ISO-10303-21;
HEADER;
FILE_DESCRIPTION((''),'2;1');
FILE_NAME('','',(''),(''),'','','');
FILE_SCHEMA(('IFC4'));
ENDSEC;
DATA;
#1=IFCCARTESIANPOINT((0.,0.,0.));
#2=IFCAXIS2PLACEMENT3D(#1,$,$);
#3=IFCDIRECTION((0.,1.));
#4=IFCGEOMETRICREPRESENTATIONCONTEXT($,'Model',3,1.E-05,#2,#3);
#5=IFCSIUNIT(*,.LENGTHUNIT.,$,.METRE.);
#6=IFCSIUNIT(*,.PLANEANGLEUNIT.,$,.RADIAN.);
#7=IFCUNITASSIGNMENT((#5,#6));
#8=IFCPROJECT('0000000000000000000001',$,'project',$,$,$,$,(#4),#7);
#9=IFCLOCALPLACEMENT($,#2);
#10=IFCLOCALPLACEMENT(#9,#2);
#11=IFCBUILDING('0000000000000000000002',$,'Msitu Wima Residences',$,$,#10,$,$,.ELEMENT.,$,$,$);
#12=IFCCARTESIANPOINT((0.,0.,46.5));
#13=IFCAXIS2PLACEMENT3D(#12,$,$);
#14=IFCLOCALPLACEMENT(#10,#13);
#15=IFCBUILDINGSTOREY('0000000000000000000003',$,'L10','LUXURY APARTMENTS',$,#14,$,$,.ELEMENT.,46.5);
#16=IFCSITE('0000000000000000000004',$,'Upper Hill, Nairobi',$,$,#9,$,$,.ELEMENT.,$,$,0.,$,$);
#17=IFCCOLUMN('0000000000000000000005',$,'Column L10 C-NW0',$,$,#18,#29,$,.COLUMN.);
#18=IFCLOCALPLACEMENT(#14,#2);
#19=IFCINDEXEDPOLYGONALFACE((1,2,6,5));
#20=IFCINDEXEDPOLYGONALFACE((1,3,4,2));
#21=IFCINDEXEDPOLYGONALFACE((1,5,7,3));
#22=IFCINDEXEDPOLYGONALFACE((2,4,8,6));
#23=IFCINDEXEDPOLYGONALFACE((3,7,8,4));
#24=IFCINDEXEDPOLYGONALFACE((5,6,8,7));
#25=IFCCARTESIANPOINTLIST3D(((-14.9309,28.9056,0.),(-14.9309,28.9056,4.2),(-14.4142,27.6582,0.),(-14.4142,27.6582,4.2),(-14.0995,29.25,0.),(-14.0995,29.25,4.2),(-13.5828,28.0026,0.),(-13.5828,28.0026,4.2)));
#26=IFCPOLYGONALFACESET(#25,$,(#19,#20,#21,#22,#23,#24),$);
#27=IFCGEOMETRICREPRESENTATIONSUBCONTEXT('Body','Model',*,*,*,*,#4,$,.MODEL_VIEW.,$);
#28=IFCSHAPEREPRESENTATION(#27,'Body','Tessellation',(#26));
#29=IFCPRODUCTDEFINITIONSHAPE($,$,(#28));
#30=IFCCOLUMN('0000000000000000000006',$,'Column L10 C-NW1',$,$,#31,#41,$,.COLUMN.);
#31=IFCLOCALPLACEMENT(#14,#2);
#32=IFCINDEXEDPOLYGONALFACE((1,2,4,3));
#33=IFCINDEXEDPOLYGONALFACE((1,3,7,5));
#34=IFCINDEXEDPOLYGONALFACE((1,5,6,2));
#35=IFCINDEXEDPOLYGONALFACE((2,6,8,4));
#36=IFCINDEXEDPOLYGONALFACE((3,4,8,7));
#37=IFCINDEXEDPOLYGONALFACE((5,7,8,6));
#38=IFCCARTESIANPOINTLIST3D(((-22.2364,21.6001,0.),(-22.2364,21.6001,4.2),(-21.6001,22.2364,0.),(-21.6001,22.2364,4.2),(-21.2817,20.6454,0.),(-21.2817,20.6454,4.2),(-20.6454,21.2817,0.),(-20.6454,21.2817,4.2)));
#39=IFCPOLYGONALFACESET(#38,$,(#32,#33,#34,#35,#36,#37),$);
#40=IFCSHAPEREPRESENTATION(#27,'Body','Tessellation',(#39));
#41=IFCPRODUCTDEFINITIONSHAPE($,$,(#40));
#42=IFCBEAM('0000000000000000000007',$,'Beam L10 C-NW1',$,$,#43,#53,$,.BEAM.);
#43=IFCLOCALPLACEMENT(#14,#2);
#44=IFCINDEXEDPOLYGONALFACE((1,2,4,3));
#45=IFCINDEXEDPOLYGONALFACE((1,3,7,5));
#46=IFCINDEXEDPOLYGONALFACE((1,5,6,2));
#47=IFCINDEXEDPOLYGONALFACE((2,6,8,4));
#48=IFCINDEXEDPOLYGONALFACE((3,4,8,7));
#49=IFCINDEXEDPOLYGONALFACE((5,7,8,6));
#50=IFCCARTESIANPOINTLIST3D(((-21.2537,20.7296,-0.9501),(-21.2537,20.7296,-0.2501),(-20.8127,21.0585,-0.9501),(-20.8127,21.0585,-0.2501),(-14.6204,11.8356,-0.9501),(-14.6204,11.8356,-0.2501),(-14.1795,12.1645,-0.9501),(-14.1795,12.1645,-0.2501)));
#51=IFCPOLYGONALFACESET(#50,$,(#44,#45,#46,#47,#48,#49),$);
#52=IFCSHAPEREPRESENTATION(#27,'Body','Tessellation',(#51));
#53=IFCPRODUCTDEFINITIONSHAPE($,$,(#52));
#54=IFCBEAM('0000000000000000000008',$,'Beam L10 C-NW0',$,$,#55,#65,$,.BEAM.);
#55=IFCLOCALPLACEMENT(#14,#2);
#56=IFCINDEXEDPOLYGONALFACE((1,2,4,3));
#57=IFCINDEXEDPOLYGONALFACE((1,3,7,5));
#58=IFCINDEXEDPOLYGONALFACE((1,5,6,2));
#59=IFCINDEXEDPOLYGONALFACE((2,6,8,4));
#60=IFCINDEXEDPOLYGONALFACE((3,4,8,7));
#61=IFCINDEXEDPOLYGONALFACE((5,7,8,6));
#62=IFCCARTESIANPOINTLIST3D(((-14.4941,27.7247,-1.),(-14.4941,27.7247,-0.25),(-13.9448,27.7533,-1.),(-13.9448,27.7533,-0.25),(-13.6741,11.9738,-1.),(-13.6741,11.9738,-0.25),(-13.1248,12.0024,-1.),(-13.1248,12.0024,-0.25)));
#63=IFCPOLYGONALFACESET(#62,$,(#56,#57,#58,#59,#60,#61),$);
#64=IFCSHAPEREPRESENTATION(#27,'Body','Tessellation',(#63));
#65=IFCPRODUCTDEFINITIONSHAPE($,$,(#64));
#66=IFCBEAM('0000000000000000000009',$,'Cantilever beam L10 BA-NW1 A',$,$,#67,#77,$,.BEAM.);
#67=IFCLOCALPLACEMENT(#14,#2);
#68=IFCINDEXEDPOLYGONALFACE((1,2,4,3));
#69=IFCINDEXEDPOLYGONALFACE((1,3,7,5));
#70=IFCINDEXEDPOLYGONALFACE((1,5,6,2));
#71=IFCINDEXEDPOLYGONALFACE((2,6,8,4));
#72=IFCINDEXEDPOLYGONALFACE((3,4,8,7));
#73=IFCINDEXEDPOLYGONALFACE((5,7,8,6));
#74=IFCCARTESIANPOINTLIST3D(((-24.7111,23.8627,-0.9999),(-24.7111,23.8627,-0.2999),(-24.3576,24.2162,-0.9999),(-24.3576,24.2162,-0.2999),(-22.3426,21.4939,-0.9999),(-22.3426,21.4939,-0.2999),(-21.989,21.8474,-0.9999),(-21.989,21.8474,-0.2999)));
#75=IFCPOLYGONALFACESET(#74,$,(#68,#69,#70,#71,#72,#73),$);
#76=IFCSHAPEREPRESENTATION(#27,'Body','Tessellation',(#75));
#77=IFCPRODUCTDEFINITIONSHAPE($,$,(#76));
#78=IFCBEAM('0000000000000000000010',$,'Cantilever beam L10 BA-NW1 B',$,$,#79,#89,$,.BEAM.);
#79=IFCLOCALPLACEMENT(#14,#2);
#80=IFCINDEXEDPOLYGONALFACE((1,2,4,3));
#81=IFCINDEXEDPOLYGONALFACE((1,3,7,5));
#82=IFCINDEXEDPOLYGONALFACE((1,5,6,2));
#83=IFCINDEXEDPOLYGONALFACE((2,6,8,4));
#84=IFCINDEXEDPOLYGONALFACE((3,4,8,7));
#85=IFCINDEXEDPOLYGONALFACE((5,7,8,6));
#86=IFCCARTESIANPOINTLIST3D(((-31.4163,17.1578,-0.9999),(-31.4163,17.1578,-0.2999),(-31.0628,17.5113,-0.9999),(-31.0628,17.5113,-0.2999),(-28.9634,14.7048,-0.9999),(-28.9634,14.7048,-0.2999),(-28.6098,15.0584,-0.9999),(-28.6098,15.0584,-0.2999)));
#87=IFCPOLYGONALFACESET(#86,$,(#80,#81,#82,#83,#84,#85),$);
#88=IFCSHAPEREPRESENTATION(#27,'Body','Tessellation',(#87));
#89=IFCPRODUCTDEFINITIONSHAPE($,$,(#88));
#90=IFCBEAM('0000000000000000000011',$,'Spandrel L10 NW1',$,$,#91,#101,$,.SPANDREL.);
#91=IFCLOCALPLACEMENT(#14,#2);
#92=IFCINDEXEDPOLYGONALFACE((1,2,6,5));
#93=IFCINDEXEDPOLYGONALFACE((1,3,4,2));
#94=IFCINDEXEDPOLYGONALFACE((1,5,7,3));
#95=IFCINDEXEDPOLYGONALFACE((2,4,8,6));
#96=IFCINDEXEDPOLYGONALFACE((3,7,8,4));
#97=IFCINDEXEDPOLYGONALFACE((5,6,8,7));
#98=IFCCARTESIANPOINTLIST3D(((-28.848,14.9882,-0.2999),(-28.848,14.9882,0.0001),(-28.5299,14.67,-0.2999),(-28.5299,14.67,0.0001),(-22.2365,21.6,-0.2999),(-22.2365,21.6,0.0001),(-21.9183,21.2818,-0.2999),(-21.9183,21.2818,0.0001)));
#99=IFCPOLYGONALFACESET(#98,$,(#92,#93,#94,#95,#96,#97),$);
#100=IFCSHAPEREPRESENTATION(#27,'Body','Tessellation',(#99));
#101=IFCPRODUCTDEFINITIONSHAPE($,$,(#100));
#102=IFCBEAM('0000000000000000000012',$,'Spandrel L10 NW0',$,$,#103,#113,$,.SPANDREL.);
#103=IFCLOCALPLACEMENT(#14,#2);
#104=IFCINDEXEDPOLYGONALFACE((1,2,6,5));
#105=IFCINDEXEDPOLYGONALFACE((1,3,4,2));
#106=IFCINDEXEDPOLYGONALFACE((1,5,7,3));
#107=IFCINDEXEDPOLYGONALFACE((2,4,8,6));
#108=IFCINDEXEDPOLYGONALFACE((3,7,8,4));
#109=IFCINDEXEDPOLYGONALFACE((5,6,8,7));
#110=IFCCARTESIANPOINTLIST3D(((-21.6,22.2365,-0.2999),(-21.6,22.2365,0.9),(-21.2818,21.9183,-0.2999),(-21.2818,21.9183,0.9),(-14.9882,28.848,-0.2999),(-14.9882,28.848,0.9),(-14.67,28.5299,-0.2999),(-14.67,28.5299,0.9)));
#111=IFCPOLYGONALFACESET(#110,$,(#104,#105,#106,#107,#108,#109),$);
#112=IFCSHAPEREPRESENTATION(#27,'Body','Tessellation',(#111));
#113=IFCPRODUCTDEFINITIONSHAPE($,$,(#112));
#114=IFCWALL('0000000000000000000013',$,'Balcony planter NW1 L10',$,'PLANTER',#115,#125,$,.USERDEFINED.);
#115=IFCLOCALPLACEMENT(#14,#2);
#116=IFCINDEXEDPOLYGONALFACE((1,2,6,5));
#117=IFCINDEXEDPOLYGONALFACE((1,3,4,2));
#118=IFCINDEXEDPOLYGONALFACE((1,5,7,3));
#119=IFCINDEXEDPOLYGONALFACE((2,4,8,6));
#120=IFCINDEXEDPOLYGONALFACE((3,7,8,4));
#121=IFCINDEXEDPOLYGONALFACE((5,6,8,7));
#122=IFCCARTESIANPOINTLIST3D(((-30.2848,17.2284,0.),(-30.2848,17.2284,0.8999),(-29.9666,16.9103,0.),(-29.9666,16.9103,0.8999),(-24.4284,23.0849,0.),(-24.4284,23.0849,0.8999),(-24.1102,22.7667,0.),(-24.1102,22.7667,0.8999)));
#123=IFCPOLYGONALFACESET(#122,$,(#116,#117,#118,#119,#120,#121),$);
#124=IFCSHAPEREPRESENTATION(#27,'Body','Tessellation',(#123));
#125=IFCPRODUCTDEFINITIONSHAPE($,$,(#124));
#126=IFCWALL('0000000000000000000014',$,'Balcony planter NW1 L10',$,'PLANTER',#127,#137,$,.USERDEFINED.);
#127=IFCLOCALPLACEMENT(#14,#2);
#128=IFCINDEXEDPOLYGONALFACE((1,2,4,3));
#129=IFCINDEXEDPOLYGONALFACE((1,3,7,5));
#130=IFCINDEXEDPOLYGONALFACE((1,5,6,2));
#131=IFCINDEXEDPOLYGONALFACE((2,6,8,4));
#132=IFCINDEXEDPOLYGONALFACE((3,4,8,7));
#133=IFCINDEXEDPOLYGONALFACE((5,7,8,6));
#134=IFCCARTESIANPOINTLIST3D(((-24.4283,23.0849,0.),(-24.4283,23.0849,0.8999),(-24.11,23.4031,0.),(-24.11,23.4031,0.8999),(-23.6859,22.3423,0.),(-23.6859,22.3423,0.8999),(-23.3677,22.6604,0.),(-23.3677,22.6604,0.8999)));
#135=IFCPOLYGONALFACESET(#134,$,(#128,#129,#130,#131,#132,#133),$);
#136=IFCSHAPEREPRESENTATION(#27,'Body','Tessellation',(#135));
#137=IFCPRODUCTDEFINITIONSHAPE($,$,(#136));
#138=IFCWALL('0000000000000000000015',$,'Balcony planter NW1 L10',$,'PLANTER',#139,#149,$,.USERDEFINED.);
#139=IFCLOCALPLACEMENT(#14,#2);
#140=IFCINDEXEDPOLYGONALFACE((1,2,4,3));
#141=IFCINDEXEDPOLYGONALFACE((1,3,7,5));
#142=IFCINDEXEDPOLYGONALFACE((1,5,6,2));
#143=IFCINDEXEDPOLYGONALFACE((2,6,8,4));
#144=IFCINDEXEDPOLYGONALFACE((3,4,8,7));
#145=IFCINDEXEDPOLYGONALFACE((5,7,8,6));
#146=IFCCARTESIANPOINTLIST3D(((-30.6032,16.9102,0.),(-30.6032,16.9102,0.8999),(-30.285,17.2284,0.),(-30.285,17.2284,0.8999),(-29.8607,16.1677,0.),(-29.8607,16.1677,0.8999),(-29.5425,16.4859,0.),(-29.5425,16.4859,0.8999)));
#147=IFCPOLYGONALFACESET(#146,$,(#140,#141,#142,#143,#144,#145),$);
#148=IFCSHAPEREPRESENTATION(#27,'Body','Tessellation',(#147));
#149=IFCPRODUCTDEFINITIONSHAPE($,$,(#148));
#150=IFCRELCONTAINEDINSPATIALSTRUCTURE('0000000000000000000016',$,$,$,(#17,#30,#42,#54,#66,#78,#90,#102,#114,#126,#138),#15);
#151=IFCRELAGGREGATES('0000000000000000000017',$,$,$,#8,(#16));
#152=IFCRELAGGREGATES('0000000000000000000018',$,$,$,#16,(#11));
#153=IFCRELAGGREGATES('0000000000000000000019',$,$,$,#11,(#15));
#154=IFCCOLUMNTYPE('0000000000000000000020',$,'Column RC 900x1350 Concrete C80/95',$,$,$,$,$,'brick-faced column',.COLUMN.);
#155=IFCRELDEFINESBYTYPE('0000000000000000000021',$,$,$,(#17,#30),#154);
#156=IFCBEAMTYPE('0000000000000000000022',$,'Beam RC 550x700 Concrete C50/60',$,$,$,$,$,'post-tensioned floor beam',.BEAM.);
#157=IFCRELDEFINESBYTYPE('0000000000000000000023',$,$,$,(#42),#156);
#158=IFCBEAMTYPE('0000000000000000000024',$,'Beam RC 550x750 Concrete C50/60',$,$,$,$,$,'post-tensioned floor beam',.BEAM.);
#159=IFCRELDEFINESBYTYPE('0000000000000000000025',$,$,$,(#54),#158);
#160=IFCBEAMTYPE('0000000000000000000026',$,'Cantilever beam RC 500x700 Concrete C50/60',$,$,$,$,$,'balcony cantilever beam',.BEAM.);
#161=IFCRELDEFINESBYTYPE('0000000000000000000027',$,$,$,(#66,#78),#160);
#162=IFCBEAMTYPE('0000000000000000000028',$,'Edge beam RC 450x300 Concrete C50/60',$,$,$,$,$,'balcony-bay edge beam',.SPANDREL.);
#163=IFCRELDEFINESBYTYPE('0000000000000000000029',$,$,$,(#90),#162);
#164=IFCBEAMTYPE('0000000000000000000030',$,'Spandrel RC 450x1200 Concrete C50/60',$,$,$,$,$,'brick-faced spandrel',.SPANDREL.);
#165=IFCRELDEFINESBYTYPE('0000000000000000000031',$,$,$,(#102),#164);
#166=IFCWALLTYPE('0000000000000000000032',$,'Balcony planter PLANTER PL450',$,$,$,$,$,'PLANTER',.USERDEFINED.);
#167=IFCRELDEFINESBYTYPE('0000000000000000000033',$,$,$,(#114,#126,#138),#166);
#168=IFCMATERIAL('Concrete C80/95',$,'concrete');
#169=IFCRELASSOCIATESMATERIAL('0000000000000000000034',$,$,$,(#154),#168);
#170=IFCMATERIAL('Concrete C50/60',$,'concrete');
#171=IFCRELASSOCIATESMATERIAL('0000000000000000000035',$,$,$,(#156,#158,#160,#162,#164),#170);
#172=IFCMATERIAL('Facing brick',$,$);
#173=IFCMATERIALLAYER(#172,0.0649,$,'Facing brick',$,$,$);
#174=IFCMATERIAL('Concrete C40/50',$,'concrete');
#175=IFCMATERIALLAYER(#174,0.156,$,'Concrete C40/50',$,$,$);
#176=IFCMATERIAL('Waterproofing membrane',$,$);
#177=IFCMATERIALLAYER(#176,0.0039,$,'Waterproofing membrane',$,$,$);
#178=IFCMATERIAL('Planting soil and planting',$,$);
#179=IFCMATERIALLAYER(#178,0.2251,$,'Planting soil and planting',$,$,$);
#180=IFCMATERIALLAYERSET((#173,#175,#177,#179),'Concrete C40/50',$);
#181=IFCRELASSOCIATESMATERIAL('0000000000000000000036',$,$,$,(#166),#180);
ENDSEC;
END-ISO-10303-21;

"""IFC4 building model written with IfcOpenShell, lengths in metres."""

from ifc_helpers import new_model, si_unit, direction, frame, frame_2d, origin, origin_2d, place, context, subcontext, project, spatial, rectangle, extrude, material, layer, layer_set, material_profile, profile_set, type_object, element, save


model = new_model("IFC4")

# Units and contexts
model_context = context("Model", 3, precision=1e-05, world=origin(), true_north=direction((0.0, 1.0)))
body_context = subcontext(model_context, "Body", "Model", "MODEL_VIEW")
ifc_project = project(units=[si_unit("LENGTHUNIT", "METRE"), si_unit("PLANEANGLEUNIT", "RADIAN")], contexts=[model_context])

# Site, building, storey
site_placement = place(None, origin())
site = spatial("IfcSite", under=ifc_project, at=site_placement, Name="Upper Hill, Nairobi", CompositionType="ELEMENT", RefElevation=0.0)
building_placement = place(site_placement, origin())
building = spatial("IfcBuilding", under=site, at=building_placement, Name="Msitu Wima Residences", CompositionType="ELEMENT")
storey_placement = place(building_placement, frame((0.0, 0.0, 46.5)))
storey = spatial("IfcBuildingStorey", under=building, at=storey_placement, Name="L10", Description="LUXURY APARTMENTS", CompositionType="ELEMENT", Elevation=46.5)

# Columns
ifc_material_1 = material(Name="Concrete C80/95", Category="concrete")
ifc_material_profile_1 = material_profile(ifc_material_1, rectangle(XDim=0.8999, YDim=1.3501, at=origin_2d()), Name="RC 900x1350")
ifc_profile_set_1 = profile_set([ifc_material_profile_1], Name="Concrete C80/95")
column_type = type_object("IfcColumnType", Name="Column RC 900x1350 Concrete C80/95", ElementType="brick-faced column", PredefinedType="COLUMN", material=ifc_profile_set_1)
for number, where, z_axis, x_axis, name in (
    (1, (-14.2568, 28.4541, 0.0), (0.0, 0.0, 1.0), (-0.92388, -0.382683, 0.0), "Column L10 C-NW0"),
    (2, (-21.4409, 21.4409, 0.0), (0.0, 0.0, 1.0), (-0.707107, -0.707107, 0.0), "Column L10 C-NW1"),
):
    element("IfcColumn", number, at=place(storey_placement, frame(where, z_axis=z_axis, x_axis=x_axis)), inside=storey, type_object=column_type, Name=name, PredefinedType="COLUMN", context=body_context, shape_type="SweptSolid", body=[
        extrude(rectangle(XDim=0.8999, YDim=1.3501, at=origin_2d()), origin(), (0.0, 0.0, 1.0), 4.2),
    ])

# Beams
ifc_material_2 = material(Name="Concrete C50/60", Category="concrete")
ifc_material_profile_2 = material_profile(ifc_material_2, rectangle(XDim=0.55, YDim=0.7, at=origin_2d()), Name="RC 550x700")
ifc_profile_set_2 = profile_set([ifc_material_profile_2], Name="Concrete C50/60")
beam_type_1 = type_object("IfcBeamType", Name="Beam RC 550x700 Concrete C50/60", ElementType="post-tensioned floor beam", PredefinedType="BEAM", material=ifc_profile_set_2)
beam_1_placement = place(storey_placement, frame((-21.0332, 20.894, -0.6001), z_axis=(0.59785, -0.801608, 0.0), x_axis=(0.801608, 0.59785, 0.0)))
element("IfcBeam", 3, at=beam_1_placement, inside=storey, type_object=beam_type_1, Name="Beam L10 C-NW1", PredefinedType="BEAM", context=body_context, shape_type="SweptSolid", body=[
    extrude(rectangle(XDim=0.55, YDim=0.7, at=origin_2d()), origin(), (0.0, 0.0, 1.0), 11.0952),
])
ifc_material_profile_3 = material_profile(ifc_material_2, rectangle(XDim=0.55, YDim=0.75, at=origin_2d()), Name="RC 550x750")
ifc_profile_set_3 = profile_set([ifc_material_profile_3], Name="Concrete C50/60")
beam_type_2 = type_object("IfcBeamType", Name="Beam RC 550x750 Concrete C50/60", ElementType="post-tensioned floor beam", PredefinedType="BEAM", material=ifc_profile_set_3)
beam_2_placement = place(storey_placement, frame((-14.2195, 27.739, -0.625), z_axis=(0.051994, -0.998647, 0.0), x_axis=(0.998647, 0.051994, 0.0)))
element("IfcBeam", 4, at=beam_2_placement, inside=storey, type_object=beam_type_2, Name="Beam L10 C-NW0", PredefinedType="BEAM", context=body_context, shape_type="SweptSolid", body=[
    extrude(rectangle(XDim=0.55, YDim=0.75, at=origin_2d()), origin(), (0.0, 0.0, 1.0), 15.7722),
])
ifc_material_profile_4 = material_profile(ifc_material_2, rectangle(XDim=0.5, YDim=0.7, at=origin_2d()), Name="RC 500x700")
ifc_profile_set_4 = profile_set([ifc_material_profile_4], Name="Concrete C50/60")
beam_type_3 = type_object("IfcBeamType", Name="Cantilever beam RC 500x700 Concrete C50/60", ElementType="balcony cantilever beam", PredefinedType="BEAM", material=ifc_profile_set_4)
beam_3_placement = place(storey_placement, frame((-22.1658, 21.6707, -0.6499), z_axis=(-0.70707, 0.707143, 0.0), x_axis=(-0.707143, -0.70707, 0.0)))
element("IfcBeam", 5, at=beam_3_placement, inside=storey, type_object=beam_type_3, Name="Cantilever beam L10 BA-NW1 A", PredefinedType="BEAM", context=body_context, shape_type="SweptSolid", body=[
    extrude(rectangle(XDim=0.5, YDim=0.7, at=origin_2d()), origin(), (0.0, 0.0, 1.0), 3.3499),
])
beam_4_placement = place(storey_placement, frame((-28.7866, 14.8816, -0.6499), z_axis=(-0.707107, 0.707107, 0.0), x_axis=(-0.707107, -0.707107, 0.0)))
element("IfcBeam", 6, at=beam_4_placement, inside=storey, type_object=beam_type_3, Name="Cantilever beam L10 BA-NW1 B", PredefinedType="BEAM", context=body_context, shape_type="SweptSolid", body=[
    extrude(rectangle(XDim=0.5, YDim=0.7, at=origin_2d()), origin(), (0.0, 0.0, 1.0), 3.469),
])
ifc_material_profile_5 = material_profile(ifc_material_2, rectangle(XDim=0.45, YDim=0.3, at=origin_2d()), Name="RC 450x300")
ifc_profile_set_5 = profile_set([ifc_material_profile_5], Name="Concrete C50/60")
beam_type_4 = type_object("IfcBeamType", Name="Edge beam RC 450x300 Concrete C50/60", ElementType="balcony-bay edge beam", PredefinedType="SPANDREL", material=ifc_profile_set_5)
beam_5_placement = place(storey_placement, frame((-22.0774, 21.4409, -0.1499), z_axis=(-0.707094, -0.70712, 0.0), x_axis=(0.70712, -0.707094, 0.0)))
element("IfcBeam", 7, at=beam_5_placement, inside=storey, type_object=beam_type_4, Name="Spandrel L10 NW1", PredefinedType="SPANDREL", context=body_context, shape_type="SweptSolid", body=[
    extrude(rectangle(XDim=0.45, YDim=0.3, at=origin_2d()), origin(), (0.0, 0.0, 1.0), 9.3503),
])
ifc_material_profile_6 = material_profile(ifc_material_2, rectangle(XDim=0.45, YDim=1.2, at=origin_2d()), Name="RC 450x1200")
ifc_profile_set_6 = profile_set([ifc_material_profile_6], Name="Concrete C50/60")
beam_type_5 = type_object("IfcBeamType", Name="Spandrel RC 450x1200 Concrete C50/60", ElementType="brick-faced spandrel", PredefinedType="SPANDREL", material=ifc_profile_set_6)
beam_6_placement = place(storey_placement, frame((-14.8291, 28.689, 0.3), z_axis=(-0.70712, -0.707094, 0.0), x_axis=(0.707094, -0.70712, 0.0)))
element("IfcBeam", 8, at=beam_6_placement, inside=storey, type_object=beam_type_5, Name="Spandrel L10 NW0", PredefinedType="SPANDREL", context=body_context, shape_type="SweptSolid", body=[
    extrude(rectangle(XDim=0.45, YDim=1.2, at=origin_2d()), origin(), (0.0, 0.0, 1.0), 9.3503),
])

# Walls
ifc_material_3 = material(Name="Facing brick")
ifc_layer_1 = layer(ifc_material_3, 0.0649, Name="Facing brick")
ifc_material_4 = material(Name="Concrete C40/50", Category="concrete")
ifc_layer_2 = layer(ifc_material_4, 0.156, Name="Concrete C40/50")
ifc_material_5 = material(Name="Waterproofing membrane")
ifc_layer_3 = layer(ifc_material_5, 0.0039, Name="Waterproofing membrane")
ifc_material_6 = material(Name="Planting soil and planting")
ifc_layer_4 = layer(ifc_material_6, 0.2251, Name="Planting soil and planting")
ifc_layer_set_1 = layer_set([ifc_layer_1, ifc_layer_2, ifc_layer_3, ifc_layer_4], Name="Concrete C40/50")
wall_type_1 = type_object("IfcWallType", Name="Balcony planter PLANTER PL450", ElementType="PLANTER", PredefinedType="USERDEFINED", material=ifc_layer_set_1)
wall_1_placement = place(storey_placement, frame((-24.2693, 22.9258, 0.0), z_axis=(0.0, 0.0, 1.0), x_axis=(-0.707107, -0.707107, 0.0)))
element("IfcWall", 9, at=wall_1_placement, inside=storey, type_object=wall_type_1, Name="Balcony planter NW1 L10", ObjectType="PLANTER", PredefinedType="USERDEFINED", context=body_context, shape_type="SweptSolid", body=[
    extrude(rectangle(XDim=8.2822, YDim=0.45, at=frame_2d((4.1411, 0.0))), origin(), (0.0, 0.0, 1.0), 0.8999),
])
for number, where, z_axis, x_axis, name in (
    (10, (-23.5269, 22.5015, 0.0), (0.0, 0.0, 1.0), (-0.706991, 0.707223, 0.0), "Balcony planter NW1 L10"),
    (11, (-29.7017, 16.3269, 0.0), (0.0, 0.0, 1.0), (-0.707107, 0.707107, 0.0), "Balcony planter NW1 L10"),
):
    element("IfcWall", number, at=place(storey_placement, frame(where, z_axis=z_axis, x_axis=x_axis)), inside=storey, type_object=wall_type_1, Name=name, ObjectType="PLANTER", PredefinedType="USERDEFINED", context=body_context, shape_type="SweptSolid", body=[
        extrude(rectangle(XDim=1.05, YDim=0.45, at=frame_2d((0.5249, 0.0))), origin(), (0.0, 0.0, 1.0), 0.8999),
    ])

save(model, "model.ifc")
